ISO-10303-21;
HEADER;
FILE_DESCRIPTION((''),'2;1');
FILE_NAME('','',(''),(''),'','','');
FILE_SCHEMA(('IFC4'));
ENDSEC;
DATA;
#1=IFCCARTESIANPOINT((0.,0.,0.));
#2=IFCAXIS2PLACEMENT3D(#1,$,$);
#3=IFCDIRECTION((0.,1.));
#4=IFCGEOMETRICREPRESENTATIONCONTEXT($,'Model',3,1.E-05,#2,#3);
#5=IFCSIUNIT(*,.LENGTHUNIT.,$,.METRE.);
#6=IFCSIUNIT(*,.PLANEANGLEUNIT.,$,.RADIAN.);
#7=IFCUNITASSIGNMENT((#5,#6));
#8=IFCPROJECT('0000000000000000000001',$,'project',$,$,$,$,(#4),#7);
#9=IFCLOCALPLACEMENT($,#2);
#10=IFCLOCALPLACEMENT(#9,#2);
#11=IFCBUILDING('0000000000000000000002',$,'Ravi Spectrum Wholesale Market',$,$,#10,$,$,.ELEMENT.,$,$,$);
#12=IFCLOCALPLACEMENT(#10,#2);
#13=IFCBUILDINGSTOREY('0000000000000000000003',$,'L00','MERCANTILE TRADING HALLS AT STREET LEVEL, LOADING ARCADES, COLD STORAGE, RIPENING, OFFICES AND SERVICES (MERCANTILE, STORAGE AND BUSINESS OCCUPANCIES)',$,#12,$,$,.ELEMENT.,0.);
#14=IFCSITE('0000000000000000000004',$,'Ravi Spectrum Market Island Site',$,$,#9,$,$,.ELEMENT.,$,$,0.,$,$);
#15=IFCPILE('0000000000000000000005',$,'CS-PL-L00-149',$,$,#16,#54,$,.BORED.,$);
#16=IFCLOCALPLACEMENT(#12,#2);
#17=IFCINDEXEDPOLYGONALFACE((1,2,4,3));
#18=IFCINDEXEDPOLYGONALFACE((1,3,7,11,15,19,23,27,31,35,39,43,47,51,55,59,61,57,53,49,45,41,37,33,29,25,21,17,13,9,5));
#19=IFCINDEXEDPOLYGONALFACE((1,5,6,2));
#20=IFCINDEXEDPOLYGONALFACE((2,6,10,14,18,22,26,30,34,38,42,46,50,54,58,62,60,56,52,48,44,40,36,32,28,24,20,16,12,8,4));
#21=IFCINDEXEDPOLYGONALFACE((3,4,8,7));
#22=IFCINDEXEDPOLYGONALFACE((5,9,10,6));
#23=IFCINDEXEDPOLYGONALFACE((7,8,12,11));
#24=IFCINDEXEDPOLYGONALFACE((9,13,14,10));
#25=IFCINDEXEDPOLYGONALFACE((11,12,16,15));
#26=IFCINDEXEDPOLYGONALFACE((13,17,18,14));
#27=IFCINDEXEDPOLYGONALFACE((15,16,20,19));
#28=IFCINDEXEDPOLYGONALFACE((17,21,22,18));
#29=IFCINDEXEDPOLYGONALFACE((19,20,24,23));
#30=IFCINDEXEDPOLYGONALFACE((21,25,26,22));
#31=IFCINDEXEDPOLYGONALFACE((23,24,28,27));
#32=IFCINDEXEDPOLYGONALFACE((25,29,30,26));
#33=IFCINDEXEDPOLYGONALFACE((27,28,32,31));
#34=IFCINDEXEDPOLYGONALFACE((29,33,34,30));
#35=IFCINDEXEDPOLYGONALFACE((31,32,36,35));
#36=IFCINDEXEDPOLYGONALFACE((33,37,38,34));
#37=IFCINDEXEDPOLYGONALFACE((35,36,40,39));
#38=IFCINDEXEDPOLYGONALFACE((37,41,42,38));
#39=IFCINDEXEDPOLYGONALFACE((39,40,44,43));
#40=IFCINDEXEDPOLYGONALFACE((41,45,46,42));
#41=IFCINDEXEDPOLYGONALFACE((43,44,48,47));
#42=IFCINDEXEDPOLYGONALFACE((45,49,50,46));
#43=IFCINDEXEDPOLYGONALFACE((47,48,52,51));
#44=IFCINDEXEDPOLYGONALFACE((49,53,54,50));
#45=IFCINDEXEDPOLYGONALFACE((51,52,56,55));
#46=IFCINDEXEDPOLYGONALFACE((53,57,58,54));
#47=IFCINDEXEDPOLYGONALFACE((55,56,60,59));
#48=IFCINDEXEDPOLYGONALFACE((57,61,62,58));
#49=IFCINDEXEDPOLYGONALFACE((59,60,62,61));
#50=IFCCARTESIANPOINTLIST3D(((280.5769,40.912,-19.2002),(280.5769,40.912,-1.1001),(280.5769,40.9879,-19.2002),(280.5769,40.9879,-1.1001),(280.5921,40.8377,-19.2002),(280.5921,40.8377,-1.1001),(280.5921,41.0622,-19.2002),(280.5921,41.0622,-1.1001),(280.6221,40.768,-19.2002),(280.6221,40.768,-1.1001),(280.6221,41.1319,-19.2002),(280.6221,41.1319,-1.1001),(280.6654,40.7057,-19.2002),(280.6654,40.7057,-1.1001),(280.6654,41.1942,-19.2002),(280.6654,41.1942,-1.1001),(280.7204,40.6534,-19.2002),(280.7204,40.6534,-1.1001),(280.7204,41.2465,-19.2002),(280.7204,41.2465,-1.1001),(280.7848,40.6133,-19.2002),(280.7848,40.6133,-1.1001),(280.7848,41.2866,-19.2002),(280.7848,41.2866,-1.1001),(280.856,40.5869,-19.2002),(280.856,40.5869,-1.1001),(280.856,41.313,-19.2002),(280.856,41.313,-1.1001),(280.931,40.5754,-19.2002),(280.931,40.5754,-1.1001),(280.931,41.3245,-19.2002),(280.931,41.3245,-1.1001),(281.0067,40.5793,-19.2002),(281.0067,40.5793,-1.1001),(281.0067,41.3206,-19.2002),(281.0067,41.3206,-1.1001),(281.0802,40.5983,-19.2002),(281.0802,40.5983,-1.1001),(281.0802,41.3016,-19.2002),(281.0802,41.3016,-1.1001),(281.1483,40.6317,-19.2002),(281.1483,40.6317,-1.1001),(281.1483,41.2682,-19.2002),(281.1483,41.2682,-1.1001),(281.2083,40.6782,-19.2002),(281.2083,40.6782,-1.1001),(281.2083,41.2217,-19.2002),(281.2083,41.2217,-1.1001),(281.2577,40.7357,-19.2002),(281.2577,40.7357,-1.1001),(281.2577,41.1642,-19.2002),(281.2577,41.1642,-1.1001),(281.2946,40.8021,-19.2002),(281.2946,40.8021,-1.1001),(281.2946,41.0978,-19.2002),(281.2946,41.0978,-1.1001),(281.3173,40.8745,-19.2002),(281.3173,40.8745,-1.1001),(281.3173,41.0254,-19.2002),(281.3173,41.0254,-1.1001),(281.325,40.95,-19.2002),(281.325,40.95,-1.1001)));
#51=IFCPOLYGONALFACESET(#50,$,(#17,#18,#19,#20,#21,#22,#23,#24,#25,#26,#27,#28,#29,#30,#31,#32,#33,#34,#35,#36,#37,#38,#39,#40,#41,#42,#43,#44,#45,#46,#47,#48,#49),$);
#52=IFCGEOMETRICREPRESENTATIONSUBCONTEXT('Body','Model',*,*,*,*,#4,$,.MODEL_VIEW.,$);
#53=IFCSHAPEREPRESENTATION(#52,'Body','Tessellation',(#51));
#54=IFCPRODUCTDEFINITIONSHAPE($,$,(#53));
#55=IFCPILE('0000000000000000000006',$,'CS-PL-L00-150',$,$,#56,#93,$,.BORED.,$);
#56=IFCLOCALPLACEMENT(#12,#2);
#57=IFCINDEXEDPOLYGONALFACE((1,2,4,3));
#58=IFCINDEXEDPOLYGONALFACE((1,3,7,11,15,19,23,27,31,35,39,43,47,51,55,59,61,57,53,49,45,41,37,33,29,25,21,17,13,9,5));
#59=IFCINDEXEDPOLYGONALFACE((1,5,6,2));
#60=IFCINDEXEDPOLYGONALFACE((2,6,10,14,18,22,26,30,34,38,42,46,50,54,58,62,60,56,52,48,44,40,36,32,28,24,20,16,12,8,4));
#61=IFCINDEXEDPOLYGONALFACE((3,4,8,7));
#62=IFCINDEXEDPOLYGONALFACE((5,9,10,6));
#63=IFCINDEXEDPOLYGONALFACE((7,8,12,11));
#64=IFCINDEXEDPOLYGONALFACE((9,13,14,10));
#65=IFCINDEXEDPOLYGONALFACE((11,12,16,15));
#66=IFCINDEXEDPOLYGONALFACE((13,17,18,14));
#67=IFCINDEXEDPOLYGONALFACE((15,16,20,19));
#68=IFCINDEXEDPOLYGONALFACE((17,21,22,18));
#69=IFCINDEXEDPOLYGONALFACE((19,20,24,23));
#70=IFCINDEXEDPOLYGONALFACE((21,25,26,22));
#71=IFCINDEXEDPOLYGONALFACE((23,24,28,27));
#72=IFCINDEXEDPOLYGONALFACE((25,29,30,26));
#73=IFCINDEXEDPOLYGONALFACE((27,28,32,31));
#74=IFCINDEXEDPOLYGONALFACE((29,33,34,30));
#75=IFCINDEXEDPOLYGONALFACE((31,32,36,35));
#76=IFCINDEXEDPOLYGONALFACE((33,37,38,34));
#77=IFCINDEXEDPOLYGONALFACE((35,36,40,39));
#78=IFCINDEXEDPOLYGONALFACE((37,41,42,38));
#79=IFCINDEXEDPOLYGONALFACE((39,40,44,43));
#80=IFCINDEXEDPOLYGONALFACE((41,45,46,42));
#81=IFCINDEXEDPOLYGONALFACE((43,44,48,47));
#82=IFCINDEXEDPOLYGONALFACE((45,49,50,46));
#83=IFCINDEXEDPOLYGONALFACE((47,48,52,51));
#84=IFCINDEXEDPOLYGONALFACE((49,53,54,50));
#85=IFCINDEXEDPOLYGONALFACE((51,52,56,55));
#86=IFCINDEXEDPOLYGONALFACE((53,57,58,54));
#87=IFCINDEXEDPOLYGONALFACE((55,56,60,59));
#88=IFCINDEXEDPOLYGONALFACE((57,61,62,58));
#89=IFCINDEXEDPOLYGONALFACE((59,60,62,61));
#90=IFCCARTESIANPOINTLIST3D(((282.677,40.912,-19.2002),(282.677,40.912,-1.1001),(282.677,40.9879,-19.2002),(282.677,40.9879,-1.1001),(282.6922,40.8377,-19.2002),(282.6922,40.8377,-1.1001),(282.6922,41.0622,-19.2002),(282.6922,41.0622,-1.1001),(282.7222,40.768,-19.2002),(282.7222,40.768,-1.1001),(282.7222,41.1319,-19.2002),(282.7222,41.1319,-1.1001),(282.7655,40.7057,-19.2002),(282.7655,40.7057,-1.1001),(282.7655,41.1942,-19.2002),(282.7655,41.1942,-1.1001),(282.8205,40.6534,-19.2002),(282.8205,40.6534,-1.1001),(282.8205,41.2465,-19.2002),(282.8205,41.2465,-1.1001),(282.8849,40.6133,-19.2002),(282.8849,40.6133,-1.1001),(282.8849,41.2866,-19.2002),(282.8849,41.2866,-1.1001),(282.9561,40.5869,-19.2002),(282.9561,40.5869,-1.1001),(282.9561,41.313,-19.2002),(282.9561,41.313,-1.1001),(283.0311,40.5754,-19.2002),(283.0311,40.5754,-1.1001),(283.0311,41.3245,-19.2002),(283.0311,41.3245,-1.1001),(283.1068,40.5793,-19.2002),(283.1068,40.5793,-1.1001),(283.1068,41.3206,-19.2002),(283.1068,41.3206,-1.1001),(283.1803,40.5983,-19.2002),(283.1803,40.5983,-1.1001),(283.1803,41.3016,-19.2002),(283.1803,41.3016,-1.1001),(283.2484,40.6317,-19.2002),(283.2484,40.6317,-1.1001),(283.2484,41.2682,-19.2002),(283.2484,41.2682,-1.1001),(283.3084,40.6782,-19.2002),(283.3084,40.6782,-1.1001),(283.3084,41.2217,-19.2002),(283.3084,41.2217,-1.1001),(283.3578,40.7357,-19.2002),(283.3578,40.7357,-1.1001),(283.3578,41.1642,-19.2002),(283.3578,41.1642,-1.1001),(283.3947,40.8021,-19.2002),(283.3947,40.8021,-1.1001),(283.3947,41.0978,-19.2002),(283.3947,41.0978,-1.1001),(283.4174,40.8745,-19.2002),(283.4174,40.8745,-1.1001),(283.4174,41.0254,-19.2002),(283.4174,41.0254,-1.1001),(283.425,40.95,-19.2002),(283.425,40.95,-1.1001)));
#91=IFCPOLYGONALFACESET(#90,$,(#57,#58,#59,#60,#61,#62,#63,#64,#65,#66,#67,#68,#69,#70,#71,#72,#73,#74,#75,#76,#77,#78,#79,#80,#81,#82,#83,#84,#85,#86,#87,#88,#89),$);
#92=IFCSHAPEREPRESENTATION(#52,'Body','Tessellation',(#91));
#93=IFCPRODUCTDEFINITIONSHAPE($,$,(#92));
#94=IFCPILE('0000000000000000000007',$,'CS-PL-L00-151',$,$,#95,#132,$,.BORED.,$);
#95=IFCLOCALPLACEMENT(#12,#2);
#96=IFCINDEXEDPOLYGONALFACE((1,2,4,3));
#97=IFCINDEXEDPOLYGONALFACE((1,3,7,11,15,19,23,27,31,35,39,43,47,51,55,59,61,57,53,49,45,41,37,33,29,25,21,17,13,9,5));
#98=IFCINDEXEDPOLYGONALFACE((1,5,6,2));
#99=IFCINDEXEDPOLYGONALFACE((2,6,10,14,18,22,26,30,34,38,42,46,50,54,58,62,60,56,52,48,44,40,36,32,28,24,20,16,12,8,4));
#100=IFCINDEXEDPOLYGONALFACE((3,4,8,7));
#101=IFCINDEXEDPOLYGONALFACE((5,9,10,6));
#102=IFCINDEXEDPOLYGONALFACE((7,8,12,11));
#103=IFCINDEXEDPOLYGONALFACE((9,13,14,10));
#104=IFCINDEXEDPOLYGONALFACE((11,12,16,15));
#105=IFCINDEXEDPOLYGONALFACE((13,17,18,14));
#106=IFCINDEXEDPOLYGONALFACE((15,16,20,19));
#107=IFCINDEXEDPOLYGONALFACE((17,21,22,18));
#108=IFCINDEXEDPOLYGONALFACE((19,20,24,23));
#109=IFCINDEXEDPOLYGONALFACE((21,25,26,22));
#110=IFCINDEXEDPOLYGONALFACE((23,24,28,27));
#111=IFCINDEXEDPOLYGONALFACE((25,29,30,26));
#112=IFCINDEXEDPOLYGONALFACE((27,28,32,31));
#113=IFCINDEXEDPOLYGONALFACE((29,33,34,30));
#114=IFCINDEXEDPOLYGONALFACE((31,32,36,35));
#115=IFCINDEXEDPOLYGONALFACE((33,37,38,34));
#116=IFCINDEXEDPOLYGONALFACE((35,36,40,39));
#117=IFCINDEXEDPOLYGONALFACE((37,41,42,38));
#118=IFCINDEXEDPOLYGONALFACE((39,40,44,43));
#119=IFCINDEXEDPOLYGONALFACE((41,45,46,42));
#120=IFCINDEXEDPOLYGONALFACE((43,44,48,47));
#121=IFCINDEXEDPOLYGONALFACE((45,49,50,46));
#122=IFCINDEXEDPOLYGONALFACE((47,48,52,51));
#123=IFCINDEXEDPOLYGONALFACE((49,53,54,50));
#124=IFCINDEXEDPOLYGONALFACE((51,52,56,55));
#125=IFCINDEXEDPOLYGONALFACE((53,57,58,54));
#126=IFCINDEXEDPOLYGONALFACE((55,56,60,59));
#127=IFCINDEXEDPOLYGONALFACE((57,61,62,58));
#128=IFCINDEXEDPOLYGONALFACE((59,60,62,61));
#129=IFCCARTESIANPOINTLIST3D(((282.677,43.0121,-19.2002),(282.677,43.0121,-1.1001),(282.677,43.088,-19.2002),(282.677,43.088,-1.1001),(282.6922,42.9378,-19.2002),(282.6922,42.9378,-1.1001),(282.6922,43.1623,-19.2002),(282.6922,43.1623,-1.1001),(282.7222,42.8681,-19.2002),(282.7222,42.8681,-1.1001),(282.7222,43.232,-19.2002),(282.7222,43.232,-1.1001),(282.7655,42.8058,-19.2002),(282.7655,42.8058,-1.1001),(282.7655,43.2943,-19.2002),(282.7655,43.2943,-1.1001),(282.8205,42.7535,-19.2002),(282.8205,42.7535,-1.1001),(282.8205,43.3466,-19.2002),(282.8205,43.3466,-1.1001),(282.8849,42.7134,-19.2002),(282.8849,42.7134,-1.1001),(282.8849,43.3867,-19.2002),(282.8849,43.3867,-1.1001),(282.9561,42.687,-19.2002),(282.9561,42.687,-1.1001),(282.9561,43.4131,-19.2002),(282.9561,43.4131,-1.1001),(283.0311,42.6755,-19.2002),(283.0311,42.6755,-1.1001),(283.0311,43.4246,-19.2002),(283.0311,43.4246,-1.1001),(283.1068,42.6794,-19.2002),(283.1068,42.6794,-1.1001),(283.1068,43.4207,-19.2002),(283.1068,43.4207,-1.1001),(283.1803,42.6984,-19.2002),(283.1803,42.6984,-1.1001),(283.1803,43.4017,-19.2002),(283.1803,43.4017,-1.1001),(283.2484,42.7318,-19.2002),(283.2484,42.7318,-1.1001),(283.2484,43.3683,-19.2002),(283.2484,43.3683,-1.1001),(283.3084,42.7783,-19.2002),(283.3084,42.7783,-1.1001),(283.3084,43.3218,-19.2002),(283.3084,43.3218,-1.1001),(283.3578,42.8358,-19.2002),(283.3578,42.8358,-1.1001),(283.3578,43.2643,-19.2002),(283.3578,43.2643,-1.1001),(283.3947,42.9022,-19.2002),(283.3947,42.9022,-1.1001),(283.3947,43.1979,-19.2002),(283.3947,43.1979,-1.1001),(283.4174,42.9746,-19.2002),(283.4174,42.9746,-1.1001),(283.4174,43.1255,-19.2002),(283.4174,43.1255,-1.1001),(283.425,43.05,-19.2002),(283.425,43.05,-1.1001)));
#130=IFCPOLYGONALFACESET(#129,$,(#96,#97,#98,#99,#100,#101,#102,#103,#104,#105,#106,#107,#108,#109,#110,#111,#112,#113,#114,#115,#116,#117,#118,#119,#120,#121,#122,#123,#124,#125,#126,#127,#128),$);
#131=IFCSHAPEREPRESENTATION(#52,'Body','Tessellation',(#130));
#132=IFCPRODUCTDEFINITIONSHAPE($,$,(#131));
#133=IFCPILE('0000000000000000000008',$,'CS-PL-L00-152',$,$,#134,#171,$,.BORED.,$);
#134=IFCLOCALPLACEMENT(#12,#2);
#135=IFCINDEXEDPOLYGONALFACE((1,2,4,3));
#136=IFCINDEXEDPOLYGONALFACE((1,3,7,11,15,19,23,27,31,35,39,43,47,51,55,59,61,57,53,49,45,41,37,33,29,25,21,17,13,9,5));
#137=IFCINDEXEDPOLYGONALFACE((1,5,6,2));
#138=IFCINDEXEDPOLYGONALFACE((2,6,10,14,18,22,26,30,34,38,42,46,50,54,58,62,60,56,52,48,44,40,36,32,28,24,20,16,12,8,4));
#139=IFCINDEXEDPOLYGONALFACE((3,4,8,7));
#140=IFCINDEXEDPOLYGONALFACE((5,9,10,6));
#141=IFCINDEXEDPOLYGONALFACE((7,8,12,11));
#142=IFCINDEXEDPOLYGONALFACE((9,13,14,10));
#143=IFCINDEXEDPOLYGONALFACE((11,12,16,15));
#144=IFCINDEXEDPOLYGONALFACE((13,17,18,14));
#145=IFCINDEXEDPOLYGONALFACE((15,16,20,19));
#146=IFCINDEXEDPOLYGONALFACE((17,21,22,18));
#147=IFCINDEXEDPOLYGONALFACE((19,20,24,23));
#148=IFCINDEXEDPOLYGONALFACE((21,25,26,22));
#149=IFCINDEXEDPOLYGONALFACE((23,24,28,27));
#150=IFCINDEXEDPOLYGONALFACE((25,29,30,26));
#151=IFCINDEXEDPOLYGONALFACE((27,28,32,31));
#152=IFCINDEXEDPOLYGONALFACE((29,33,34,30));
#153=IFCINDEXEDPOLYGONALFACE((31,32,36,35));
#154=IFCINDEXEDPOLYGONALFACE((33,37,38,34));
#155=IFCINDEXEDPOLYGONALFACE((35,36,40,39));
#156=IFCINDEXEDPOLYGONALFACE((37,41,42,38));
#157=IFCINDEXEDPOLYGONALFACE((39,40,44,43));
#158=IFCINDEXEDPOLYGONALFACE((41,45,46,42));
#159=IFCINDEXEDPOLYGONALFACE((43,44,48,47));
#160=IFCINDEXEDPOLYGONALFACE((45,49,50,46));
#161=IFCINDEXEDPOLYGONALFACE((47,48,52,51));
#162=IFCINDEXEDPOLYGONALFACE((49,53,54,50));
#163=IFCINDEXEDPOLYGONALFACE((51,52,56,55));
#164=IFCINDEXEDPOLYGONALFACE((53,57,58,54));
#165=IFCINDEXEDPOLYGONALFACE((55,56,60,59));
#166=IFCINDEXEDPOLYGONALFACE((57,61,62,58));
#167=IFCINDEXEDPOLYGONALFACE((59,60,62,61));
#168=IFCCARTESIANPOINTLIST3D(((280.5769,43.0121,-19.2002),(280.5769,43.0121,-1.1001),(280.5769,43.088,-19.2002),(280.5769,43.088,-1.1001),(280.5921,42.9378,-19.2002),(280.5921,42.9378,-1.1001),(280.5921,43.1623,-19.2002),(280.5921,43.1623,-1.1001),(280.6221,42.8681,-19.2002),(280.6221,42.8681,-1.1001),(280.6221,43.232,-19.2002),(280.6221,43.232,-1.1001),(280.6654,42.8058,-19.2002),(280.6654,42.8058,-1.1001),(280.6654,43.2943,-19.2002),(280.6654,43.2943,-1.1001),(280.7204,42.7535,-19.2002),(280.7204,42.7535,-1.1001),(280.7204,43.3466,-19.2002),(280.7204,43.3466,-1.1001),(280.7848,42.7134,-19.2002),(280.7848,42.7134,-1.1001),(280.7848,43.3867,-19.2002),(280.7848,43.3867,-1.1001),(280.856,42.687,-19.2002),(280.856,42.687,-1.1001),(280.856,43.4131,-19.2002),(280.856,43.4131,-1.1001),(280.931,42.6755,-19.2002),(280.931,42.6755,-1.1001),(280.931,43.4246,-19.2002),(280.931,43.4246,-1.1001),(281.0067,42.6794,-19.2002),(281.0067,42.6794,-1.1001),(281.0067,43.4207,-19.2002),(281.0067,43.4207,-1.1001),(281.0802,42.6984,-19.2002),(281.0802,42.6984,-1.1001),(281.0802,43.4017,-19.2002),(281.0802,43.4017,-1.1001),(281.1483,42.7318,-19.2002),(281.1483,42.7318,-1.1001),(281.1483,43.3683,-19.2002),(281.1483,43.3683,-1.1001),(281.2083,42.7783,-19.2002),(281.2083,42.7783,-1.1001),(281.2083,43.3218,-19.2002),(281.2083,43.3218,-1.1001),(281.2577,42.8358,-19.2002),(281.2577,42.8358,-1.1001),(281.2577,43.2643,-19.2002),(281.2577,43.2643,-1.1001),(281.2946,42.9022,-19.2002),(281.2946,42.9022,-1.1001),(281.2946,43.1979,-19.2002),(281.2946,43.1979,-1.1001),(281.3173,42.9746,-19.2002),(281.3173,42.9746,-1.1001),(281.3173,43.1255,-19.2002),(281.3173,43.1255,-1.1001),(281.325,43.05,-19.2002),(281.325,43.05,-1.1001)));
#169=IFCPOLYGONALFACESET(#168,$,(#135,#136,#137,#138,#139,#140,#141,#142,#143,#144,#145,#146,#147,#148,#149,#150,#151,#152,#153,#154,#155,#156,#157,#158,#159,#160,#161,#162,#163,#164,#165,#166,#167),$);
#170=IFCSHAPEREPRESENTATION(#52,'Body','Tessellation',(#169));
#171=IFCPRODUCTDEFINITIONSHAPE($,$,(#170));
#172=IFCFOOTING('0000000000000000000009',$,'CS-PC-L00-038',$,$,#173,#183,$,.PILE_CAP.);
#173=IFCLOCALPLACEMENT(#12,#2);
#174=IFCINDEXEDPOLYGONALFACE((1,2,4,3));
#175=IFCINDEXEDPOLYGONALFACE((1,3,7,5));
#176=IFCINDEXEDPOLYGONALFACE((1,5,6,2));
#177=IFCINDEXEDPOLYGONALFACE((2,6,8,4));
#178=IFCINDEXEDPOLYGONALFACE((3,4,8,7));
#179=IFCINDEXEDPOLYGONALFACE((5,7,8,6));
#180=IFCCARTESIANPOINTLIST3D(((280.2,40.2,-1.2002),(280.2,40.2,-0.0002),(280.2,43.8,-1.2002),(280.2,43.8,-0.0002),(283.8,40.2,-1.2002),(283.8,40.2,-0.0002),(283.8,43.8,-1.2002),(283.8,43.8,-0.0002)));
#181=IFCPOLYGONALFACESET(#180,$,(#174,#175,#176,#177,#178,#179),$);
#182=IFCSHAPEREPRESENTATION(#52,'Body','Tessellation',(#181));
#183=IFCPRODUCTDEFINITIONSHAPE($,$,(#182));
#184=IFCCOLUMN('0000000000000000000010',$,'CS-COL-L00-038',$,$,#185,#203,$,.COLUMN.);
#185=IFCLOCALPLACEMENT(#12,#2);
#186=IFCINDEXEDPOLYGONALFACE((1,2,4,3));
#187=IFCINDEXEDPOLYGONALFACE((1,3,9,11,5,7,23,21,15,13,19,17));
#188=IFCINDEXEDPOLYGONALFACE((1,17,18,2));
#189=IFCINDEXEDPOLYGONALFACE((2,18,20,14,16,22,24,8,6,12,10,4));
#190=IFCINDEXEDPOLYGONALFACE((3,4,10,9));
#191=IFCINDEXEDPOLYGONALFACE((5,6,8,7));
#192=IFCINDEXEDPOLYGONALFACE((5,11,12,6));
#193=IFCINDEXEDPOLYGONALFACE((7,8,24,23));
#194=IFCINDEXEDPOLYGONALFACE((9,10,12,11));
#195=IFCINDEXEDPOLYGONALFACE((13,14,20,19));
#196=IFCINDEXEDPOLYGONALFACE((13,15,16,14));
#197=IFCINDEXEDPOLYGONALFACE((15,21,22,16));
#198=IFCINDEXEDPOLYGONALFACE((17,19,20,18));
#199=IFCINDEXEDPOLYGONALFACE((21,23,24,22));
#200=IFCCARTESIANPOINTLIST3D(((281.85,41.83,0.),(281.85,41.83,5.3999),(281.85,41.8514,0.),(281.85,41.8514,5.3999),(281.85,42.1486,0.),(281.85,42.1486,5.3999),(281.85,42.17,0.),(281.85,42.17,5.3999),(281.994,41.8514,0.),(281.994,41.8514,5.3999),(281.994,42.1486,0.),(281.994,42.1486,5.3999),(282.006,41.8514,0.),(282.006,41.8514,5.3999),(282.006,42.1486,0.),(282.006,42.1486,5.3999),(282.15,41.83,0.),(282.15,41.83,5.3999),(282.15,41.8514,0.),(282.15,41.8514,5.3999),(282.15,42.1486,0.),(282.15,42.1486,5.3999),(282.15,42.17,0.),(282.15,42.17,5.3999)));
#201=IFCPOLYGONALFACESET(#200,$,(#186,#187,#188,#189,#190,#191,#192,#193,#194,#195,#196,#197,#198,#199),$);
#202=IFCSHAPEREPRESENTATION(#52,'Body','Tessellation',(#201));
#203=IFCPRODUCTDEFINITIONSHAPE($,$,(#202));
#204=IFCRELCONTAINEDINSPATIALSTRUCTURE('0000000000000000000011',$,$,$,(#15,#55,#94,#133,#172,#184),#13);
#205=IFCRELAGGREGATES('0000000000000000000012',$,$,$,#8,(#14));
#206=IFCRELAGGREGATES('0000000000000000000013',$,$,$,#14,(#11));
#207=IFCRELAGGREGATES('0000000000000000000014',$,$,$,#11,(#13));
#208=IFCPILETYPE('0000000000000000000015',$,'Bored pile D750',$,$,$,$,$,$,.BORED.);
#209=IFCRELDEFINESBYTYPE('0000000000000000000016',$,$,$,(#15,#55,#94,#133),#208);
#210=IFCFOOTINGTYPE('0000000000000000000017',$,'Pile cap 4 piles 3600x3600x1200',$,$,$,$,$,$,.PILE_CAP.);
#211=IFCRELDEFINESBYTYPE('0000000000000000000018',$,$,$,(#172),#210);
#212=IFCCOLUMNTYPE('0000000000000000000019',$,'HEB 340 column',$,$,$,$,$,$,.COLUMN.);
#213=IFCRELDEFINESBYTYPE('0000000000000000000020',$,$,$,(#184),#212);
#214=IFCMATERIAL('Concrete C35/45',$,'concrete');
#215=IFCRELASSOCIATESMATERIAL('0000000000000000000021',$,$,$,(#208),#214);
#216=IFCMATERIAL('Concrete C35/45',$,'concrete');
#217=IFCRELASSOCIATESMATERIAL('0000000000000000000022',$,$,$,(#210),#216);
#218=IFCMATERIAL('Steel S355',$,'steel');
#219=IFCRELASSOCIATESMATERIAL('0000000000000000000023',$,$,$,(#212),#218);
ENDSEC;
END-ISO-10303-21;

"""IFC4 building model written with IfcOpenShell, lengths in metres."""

from ifc_helpers import new_model, si_unit, direction, frame, origin, origin_2d, place, context, subcontext, project, spatial, rectangle, circle, i_section, extrude, material, material_profile, profile_set, type_object, element, save


model = new_model("IFC4")

# Units and contexts
model_context = context("Model", 3, precision=1e-05, world=origin(), true_north=direction((0.0, 1.0)))
body_context = subcontext(model_context, "Body", "Model", "MODEL_VIEW")
ifc_project = project(units=[si_unit("LENGTHUNIT", "METRE"), si_unit("PLANEANGLEUNIT", "RADIAN")], contexts=[model_context])

# Site, building, storey
site_placement = place(None, origin())
site = spatial("IfcSite", under=ifc_project, at=site_placement, Name="Ravi Spectrum Market Island Site", CompositionType="ELEMENT", RefElevation=0.0)
building_placement = place(site_placement, origin())
building = spatial("IfcBuilding", under=site, at=building_placement, Name="Ravi Spectrum Wholesale Market", CompositionType="ELEMENT")
storey_placement = place(building_placement, origin())
storey = spatial("IfcBuildingStorey", under=building, at=storey_placement, Name="L00", Description="MERCANTILE TRADING HALLS AT STREET LEVEL, LOADING ARCADES, COLD STORAGE, RIPENING, OFFICES AND SERVICES (MERCANTILE, STORAGE AND BUSINESS OCCUPANCIES)", CompositionType="ELEMENT", Elevation=0.0)

# Piles
ifc_material_1 = material(Name="Concrete C35/45", Category="concrete")
ifc_material_profile_1 = material_profile(ifc_material_1, circle(Radius=0.375, at=origin_2d()))
ifc_profile_set_1 = profile_set([ifc_material_profile_1], Name="Concrete C35/45")
pile_type = type_object("IfcPileType", Name="Bored pile D750", PredefinedType="BORED", material=ifc_profile_set_1)
for number, where, z_axis, x_axis, name in (
    (1, (280.95, 40.95, -1.1001), (0.0, 0.0, -1.0), (1.0, 0.0, 0.0), "CS-PL-L00-149"),
    (2, (283.05, 40.95, -1.1001), (0.0, 0.0, -1.0), (1.0, 0.0, 0.0), "CS-PL-L00-150"),
    (3, (283.05, 43.05, -1.1001), (0.0, 0.0, -1.0), (1.0, 0.0, 0.0), "CS-PL-L00-151"),
    (4, (280.95, 43.05, -1.1001), (0.0, 0.0, -1.0), (1.0, 0.0, 0.0), "CS-PL-L00-152"),
):
    element("IfcPile", number, at=place(storey_placement, frame(where, z_axis=z_axis, x_axis=x_axis)), inside=storey, type_object=pile_type, Name=name, PredefinedType="BORED", context=body_context, shape_type="SweptSolid", body=[
        extrude(circle(Radius=0.375, at=origin_2d()), origin(), (0.0, 0.0, 1.0), 18.1001),
    ])

# Footing
ifc_material_2 = material(Name="Concrete C35/45", Category="concrete")
footing_type = type_object("IfcFootingType", Name="Pile cap 4 piles 3600x3600x1200", PredefinedType="PILE_CAP", material=ifc_material_2)
footing_placement = place(storey_placement, frame((282.0, 42.0, -1.2002), z_axis=(0.0, 0.0, 1.0), x_axis=(1.0, 0.0, 0.0)))
element("IfcFooting", 5, at=footing_placement, inside=storey, type_object=footing_type, Name="CS-PC-L00-038", PredefinedType="PILE_CAP", context=body_context, shape_type="SweptSolid", body=[
    extrude(rectangle(XDim=3.6001, YDim=3.6001, at=origin_2d()), origin(), (0.0, 0.0, 1.0), 1.2),
])

# Column
ifc_material_3 = material(Name="Steel S355", Category="steel")
ifc_material_profile_2 = material_profile(ifc_material_3, i_section(OverallWidth=0.3, OverallDepth=0.3401, WebThickness=0.012, FlangeThickness=0.0215, at=origin_2d()))
ifc_profile_set_2 = profile_set([ifc_material_profile_2], Name="Steel S355")
column_type = type_object("IfcColumnType", Name="HEB 340 column", PredefinedType="COLUMN", material=ifc_profile_set_2)
column_placement = place(storey_placement, frame((282.0, 42.0, 0.0), z_axis=(0.0, 0.0, 1.0), x_axis=(1.0, 0.0, 0.0)))
element("IfcColumn", 6, at=column_placement, inside=storey, type_object=column_type, Name="CS-COL-L00-038", PredefinedType="COLUMN", context=body_context, shape_type="SweptSolid", body=[
    extrude(i_section(OverallWidth=0.3, OverallDepth=0.3401, WebThickness=0.012, FlangeThickness=0.0215, at=origin_2d()), origin(), (0.0, 0.0, 1.0), 5.3999),
])

save(model, "model.ifc")
